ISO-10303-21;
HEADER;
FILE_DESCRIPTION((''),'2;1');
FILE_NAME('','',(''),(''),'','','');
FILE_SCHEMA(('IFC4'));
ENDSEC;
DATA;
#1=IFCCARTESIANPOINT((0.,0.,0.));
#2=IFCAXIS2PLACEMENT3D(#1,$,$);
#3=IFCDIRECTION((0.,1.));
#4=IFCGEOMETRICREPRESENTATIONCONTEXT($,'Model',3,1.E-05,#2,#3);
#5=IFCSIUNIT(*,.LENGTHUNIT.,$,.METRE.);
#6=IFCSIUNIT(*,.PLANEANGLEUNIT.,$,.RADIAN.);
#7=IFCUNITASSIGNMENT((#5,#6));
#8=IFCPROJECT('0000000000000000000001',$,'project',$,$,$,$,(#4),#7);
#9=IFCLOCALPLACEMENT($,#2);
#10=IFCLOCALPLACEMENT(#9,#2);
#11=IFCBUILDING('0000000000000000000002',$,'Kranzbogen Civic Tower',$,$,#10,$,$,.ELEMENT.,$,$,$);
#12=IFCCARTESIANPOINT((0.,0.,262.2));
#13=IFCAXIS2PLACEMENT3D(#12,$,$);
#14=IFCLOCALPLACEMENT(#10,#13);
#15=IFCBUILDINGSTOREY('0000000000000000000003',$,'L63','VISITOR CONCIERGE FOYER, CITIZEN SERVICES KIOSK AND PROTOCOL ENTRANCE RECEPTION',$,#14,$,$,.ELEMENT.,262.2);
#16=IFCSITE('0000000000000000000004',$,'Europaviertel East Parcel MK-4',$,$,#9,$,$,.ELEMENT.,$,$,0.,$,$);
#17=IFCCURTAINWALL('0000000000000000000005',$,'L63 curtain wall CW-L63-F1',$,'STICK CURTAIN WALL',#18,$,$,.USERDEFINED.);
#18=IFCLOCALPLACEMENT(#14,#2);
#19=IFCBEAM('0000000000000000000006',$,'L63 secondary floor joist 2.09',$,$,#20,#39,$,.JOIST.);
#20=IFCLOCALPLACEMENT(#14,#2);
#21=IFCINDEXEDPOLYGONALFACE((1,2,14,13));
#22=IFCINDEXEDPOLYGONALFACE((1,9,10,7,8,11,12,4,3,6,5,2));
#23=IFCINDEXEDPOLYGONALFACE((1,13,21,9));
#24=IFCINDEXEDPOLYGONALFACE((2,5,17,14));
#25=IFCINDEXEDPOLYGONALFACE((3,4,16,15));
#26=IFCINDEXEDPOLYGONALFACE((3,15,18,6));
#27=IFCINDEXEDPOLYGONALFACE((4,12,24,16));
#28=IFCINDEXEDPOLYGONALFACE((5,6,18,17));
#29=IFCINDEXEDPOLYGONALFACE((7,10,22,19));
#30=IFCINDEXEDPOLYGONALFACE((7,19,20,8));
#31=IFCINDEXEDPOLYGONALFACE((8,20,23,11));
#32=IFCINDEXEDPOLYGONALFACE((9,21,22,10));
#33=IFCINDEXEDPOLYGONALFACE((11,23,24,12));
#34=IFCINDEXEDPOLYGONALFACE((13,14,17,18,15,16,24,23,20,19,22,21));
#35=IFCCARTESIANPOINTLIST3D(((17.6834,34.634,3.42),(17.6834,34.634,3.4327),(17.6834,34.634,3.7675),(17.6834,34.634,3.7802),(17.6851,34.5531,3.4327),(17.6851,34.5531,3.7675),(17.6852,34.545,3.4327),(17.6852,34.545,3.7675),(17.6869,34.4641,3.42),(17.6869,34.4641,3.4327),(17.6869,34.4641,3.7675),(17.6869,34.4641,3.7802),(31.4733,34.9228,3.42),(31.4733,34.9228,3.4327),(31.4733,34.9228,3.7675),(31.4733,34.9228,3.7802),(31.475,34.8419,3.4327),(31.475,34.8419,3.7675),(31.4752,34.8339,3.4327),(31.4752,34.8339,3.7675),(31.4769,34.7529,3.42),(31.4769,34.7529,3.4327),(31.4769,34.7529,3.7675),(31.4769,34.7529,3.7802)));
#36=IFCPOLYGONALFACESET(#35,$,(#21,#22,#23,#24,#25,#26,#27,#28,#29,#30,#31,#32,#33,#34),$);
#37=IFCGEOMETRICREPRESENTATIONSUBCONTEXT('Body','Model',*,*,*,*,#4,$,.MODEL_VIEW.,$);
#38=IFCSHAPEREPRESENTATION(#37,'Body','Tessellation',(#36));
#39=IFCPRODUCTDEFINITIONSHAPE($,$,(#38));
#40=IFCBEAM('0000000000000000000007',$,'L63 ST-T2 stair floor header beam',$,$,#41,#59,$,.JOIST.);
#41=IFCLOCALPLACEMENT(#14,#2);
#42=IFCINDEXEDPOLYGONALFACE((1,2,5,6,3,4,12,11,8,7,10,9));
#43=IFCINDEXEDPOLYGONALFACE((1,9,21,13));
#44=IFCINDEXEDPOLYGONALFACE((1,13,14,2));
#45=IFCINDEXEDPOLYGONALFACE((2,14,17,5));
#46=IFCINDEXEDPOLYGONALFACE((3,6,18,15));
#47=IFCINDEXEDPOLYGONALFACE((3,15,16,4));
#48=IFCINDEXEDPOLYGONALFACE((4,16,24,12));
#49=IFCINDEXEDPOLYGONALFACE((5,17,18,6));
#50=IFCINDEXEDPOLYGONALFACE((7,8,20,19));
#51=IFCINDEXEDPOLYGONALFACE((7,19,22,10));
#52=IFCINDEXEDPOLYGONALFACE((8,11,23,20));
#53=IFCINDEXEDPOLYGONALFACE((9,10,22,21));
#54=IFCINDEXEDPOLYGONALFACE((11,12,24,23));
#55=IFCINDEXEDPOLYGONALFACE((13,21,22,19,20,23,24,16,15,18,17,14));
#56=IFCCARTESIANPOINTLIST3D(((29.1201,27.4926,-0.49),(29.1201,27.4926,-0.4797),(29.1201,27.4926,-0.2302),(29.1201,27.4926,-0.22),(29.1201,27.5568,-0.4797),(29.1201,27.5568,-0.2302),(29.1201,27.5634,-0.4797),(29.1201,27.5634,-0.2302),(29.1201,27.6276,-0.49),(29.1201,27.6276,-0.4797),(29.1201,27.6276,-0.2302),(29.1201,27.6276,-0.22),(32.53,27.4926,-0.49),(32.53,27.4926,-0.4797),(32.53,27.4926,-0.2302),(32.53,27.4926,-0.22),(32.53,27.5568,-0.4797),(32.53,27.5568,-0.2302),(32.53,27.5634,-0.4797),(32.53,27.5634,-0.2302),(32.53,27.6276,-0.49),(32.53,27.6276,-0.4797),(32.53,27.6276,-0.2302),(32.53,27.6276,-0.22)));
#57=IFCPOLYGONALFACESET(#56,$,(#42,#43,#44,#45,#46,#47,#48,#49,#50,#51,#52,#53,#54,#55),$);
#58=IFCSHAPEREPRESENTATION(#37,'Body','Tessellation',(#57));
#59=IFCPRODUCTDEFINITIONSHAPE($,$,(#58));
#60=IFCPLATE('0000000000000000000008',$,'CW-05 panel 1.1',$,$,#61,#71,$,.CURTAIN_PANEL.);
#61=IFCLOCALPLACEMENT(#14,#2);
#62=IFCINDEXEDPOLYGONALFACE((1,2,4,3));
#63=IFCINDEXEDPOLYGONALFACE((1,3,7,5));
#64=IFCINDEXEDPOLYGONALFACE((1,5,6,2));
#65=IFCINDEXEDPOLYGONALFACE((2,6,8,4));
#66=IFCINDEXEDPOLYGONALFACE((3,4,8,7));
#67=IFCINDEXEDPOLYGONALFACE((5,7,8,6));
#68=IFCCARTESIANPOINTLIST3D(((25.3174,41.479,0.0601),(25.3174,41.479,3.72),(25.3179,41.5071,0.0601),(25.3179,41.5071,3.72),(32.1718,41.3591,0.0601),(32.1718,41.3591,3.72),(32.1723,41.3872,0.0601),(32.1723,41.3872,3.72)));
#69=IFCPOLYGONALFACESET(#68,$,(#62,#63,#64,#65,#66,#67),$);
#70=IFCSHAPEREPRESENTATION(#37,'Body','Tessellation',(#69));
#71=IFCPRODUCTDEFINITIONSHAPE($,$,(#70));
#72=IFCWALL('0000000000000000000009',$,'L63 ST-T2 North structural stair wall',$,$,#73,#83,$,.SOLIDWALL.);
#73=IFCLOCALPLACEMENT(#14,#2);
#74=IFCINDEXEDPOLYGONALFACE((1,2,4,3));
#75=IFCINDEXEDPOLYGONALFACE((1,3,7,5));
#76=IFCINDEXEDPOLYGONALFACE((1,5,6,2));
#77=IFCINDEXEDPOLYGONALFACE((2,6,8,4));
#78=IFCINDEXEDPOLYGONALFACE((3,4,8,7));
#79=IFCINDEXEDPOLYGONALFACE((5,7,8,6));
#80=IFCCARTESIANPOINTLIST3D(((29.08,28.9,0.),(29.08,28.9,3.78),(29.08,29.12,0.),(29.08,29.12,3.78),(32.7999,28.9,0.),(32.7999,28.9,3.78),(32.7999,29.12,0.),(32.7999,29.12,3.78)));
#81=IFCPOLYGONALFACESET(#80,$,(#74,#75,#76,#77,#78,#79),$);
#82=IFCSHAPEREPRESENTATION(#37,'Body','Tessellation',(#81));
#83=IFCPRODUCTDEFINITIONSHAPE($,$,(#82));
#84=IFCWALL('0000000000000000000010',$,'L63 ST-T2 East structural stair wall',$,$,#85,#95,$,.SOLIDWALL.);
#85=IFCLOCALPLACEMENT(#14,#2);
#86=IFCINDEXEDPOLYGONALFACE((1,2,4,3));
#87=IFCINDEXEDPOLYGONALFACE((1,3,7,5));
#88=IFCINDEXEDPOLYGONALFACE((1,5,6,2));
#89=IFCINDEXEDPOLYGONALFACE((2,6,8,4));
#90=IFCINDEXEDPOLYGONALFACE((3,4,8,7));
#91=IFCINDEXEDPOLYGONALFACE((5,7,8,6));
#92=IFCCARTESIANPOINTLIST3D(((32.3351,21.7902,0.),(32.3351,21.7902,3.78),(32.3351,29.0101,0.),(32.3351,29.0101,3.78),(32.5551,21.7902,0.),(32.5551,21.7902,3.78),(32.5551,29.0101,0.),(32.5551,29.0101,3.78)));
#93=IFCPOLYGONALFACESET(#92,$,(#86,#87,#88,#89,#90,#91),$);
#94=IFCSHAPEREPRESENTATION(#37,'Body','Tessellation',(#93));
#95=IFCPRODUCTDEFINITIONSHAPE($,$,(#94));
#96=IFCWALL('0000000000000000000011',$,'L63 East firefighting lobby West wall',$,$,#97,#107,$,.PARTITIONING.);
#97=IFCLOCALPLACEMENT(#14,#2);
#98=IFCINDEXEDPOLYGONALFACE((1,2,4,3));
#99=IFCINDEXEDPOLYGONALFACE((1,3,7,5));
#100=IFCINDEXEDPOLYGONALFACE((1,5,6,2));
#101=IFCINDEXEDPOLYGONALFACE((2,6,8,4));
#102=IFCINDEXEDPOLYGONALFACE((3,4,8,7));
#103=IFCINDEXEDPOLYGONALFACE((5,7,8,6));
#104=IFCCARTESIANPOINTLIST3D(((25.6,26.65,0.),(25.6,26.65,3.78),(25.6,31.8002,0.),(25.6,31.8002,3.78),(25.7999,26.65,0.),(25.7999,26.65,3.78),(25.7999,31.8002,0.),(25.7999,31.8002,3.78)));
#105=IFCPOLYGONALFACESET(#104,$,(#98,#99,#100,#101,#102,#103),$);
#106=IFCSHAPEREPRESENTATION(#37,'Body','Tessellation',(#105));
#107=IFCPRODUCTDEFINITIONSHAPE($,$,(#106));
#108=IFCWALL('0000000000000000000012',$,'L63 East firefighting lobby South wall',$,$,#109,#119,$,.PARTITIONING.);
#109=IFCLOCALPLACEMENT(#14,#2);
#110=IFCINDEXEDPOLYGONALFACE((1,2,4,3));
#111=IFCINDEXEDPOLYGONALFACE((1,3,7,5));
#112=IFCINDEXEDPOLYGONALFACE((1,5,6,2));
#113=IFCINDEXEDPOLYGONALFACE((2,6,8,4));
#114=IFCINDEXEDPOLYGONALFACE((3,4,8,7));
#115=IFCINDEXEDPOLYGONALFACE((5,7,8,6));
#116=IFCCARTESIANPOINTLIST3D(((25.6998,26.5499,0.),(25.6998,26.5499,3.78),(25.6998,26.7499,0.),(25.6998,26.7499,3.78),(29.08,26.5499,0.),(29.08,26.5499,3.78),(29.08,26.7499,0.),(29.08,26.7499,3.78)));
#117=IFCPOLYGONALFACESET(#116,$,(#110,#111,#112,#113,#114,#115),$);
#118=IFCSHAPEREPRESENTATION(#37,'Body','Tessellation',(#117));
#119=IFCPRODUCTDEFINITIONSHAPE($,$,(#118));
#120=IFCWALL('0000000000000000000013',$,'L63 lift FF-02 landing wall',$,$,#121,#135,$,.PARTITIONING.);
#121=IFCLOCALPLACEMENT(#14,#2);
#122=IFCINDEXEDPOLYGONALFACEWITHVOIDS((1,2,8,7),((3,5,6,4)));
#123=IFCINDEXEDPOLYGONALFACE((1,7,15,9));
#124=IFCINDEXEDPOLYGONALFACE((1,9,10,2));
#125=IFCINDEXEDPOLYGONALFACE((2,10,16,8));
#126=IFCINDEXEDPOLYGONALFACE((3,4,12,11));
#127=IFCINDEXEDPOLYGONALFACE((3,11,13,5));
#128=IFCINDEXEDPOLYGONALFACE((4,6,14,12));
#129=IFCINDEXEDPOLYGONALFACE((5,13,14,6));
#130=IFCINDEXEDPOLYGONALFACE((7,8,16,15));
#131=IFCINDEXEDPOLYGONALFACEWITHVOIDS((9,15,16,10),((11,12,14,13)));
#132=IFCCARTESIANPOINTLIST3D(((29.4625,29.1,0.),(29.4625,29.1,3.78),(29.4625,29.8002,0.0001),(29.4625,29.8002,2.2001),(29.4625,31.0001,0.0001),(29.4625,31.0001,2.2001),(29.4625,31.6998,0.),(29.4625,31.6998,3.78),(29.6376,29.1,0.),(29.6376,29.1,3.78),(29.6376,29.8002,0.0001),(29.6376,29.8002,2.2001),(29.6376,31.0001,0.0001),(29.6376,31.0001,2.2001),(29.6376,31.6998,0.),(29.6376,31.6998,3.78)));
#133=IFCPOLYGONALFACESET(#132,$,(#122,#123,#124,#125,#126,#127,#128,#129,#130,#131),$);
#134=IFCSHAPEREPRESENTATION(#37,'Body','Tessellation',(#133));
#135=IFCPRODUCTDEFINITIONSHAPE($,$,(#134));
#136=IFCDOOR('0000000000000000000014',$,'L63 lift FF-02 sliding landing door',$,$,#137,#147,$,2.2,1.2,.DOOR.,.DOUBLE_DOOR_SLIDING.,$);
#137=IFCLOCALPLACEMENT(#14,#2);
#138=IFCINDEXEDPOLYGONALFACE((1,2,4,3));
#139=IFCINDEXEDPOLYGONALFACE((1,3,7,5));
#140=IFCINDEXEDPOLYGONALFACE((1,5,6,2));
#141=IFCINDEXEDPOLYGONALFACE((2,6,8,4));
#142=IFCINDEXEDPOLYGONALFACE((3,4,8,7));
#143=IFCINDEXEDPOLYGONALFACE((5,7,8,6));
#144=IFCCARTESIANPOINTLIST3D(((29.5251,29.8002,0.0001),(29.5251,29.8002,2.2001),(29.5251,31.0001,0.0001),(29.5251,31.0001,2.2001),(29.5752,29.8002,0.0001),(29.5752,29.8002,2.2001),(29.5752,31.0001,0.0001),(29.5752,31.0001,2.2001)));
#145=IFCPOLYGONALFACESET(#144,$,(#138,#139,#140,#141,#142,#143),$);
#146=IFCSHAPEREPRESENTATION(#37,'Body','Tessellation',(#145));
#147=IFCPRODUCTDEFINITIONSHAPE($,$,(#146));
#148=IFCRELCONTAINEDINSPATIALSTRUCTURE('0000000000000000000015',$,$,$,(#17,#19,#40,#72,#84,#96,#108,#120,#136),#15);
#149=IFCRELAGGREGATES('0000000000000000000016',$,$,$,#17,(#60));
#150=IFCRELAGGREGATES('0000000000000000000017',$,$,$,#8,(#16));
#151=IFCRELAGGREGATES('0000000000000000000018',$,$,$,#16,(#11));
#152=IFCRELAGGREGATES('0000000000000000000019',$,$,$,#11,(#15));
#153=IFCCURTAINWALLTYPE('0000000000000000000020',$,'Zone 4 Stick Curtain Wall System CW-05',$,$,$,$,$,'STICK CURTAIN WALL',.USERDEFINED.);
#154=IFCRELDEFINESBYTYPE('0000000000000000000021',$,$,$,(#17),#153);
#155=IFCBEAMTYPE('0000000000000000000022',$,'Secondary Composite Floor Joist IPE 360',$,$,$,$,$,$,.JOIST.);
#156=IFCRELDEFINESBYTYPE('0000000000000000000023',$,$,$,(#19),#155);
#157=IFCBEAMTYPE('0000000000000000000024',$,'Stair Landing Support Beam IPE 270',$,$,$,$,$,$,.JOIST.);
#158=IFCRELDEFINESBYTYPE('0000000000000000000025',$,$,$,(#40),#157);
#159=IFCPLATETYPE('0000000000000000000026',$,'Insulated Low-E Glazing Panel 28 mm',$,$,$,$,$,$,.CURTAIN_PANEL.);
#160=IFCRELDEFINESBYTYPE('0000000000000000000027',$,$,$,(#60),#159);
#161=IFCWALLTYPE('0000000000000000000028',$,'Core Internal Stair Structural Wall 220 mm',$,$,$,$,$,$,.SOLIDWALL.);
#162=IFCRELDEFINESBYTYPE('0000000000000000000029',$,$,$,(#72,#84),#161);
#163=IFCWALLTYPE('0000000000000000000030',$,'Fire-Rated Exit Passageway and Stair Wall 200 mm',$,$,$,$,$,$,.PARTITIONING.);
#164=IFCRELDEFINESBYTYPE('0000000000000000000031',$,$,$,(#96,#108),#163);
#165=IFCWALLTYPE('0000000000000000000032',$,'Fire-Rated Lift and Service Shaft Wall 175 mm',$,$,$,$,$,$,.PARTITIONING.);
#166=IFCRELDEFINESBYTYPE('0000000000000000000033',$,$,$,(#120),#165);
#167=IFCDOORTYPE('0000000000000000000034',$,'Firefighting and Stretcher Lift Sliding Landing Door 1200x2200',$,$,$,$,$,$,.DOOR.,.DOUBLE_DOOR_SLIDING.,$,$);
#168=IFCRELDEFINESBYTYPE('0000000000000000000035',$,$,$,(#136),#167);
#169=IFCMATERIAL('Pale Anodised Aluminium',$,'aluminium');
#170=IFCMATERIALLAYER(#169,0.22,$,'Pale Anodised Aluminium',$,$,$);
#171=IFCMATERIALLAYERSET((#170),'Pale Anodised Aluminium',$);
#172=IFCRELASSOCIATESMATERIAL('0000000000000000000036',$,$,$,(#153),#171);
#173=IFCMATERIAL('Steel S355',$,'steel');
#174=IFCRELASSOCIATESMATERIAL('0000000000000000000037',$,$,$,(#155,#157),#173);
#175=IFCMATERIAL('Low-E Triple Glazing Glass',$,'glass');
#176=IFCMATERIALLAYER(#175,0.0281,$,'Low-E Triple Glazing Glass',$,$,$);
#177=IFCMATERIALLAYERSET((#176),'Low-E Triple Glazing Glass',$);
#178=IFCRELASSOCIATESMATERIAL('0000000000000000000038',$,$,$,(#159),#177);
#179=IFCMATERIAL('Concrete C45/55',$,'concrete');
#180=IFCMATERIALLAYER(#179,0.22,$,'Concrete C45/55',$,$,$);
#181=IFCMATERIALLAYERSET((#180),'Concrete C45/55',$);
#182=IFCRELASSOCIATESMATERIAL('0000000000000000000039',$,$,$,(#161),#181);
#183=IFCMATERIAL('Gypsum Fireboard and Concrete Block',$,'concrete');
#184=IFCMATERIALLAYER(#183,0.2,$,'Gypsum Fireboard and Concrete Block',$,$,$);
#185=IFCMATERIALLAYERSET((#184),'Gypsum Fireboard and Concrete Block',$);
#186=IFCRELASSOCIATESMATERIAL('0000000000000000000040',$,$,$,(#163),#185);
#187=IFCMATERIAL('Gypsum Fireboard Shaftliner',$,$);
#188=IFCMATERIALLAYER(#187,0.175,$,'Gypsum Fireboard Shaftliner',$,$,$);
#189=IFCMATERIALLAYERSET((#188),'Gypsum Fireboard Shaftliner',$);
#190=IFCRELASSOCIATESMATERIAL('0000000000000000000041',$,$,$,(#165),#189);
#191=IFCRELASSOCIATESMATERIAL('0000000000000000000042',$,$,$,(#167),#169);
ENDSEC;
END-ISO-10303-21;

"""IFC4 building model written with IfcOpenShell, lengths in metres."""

from ifc_helpers import new_model, si_unit, direction, frame, frame_2d, origin, origin_2d, place, context, subcontext, project, spatial, rectangle, i_section, extrude, material, layer, layer_set, material_profile, profile_set, type_object, element, fill, aggregate, save


model = new_model("IFC4")

# Units and contexts
model_context = context("Model", 3, precision=1e-05, world=origin(), true_north=direction((0.0, 1.0)))
body_context = subcontext(model_context, "Body", "Model", "MODEL_VIEW")
ifc_project = project(units=[si_unit("LENGTHUNIT", "METRE"), si_unit("PLANEANGLEUNIT", "RADIAN")], contexts=[model_context])

# Site, building, storey
site_placement = place(None, origin())
site = spatial("IfcSite", under=ifc_project, at=site_placement, Name="Europaviertel East Parcel MK-4", CompositionType="ELEMENT", RefElevation=0.0)
building_placement = place(site_placement, origin())
building = spatial("IfcBuilding", under=site, at=building_placement, Name="Kranzbogen Civic Tower", CompositionType="ELEMENT")
storey_placement = place(building_placement, frame((0.0, 0.0, 262.2)))
storey = spatial("IfcBuildingStorey", under=building, at=storey_placement, Name="L63", Description="VISITOR CONCIERGE FOYER, CITIZEN SERVICES KIOSK AND PROTOCOL ENTRANCE RECEPTION", CompositionType="ELEMENT", Elevation=262.2)

# Shared definitions
ifc_material_1 = material(Name="Steel S355", Category="steel")

# Curtain wall
ifc_material_2 = material(Name="Pale Anodised Aluminium", Category="aluminium")
ifc_layer_1 = layer(ifc_material_2, 0.22, Name="Pale Anodised Aluminium")
ifc_layer_set_1 = layer_set([ifc_layer_1], Name="Pale Anodised Aluminium")
curtain_wall_type = type_object("IfcCurtainWallType", Name="Zone 4 Stick Curtain Wall System CW-05", ElementType="STICK CURTAIN WALL", PredefinedType="USERDEFINED", material=ifc_layer_set_1)
curtain_wall_placement = place(storey_placement, origin())
curtain_wall = element("IfcCurtainWall", 1, at=curtain_wall_placement, inside=storey, type_object=curtain_wall_type, Name="L63 curtain wall CW-L63-F1", ObjectType="STICK CURTAIN WALL", PredefinedType="USERDEFINED")

# Beams
ifc_material_profile_1 = material_profile(ifc_material_1, i_section(OverallWidth=0.1699, OverallDepth=0.3601, WebThickness=0.0081, FlangeThickness=0.0127, at=origin_2d()), Name="IPE 360")
ifc_profile_set_1 = profile_set([ifc_material_profile_1], Name="Steel S355")
beam_type_1 = type_object("IfcBeamType", Name="Secondary Composite Floor Joist IPE 360", PredefinedType="JOIST", material=ifc_profile_set_1)
beam_1_placement = place(storey_placement, frame((31.4751, 34.8379, 3.6001), z_axis=(-0.999781, -0.020939, 0.0), x_axis=(0.020939, -0.999781, 0.0)))
element("IfcBeam", 2, at=beam_1_placement, inside=storey, type_object=beam_type_1, Name="L63 secondary floor joist 2.09", PredefinedType="JOIST", context=body_context, shape_type="SweptSolid", body=[
    extrude(i_section(OverallWidth=0.1699, OverallDepth=0.3601, WebThickness=0.0081, FlangeThickness=0.0127, at=origin_2d()), origin(), (0.0, 0.0, 1.0), 13.793),
])
ifc_material_profile_2 = material_profile(ifc_material_1, i_section(OverallWidth=0.135, OverallDepth=0.27, WebThickness=0.0066, FlangeThickness=0.0103, at=origin_2d()), Name="IPE 270")
ifc_profile_set_2 = profile_set([ifc_material_profile_2], Name="Steel S355")
beam_type_2 = type_object("IfcBeamType", Name="Stair Landing Support Beam IPE 270", PredefinedType="JOIST", material=ifc_profile_set_2)
beam_2_placement = place(storey_placement, frame((29.1201, 27.5601, -0.355), z_axis=(1.0, 0.0, 0.0), x_axis=(0.0, 1.0, 0.0)))
element("IfcBeam", 3, at=beam_2_placement, inside=storey, type_object=beam_type_2, Name="L63 ST-T2 stair floor header beam", PredefinedType="JOIST", context=body_context, shape_type="SweptSolid", body=[
    extrude(i_section(OverallWidth=0.135, OverallDepth=0.27, WebThickness=0.0066, FlangeThickness=0.0103, at=origin_2d()), origin(), (0.0, 0.0, 1.0), 3.4099),
])

# Plate
ifc_material_3 = material(Name="Low-E Triple Glazing Glass", Category="glass")
ifc_layer_2 = layer(ifc_material_3, 0.0281, Name="Low-E Triple Glazing Glass")
ifc_layer_set_2 = layer_set([ifc_layer_2], Name="Low-E Triple Glazing Glass")
plate_type = type_object("IfcPlateType", Name="Insulated Low-E Glazing Panel 28 mm", PredefinedType="CURTAIN_PANEL", material=ifc_layer_set_2)
plate_placement = place(storey_placement, frame((28.7449, 41.4331, 0.0601), z_axis=(0.0, 0.0, 1.0), x_axis=(-0.999847, 0.017493, 0.0)))
plate = element("IfcPlate", 4, at=plate_placement, type_object=plate_type, Name="CW-05 panel 1.1", PredefinedType="CURTAIN_PANEL", context=body_context, shape_type="SweptSolid", body=[
    extrude(rectangle(XDim=6.8555, YDim=0.0281, at=origin_2d()), origin(), (0.0, 0.0, 1.0), 3.6599),
])
aggregate(curtain_wall, [plate])

# Walls
ifc_material_4 = material(Name="Concrete C45/55", Category="concrete")
ifc_layer_3 = layer(ifc_material_4, 0.22, Name="Concrete C45/55")
ifc_layer_set_3 = layer_set([ifc_layer_3], Name="Concrete C45/55")
wall_type_1 = type_object("IfcWallType", Name="Core Internal Stair Structural Wall 220 mm", PredefinedType="SOLIDWALL", material=ifc_layer_set_3)
wall_1_placement = place(storey_placement, frame((29.0801, 29.01, 0.0), z_axis=(0.0, 0.0, 1.0), x_axis=(1.0, 0.0, 0.0)))
element("IfcWall", 5, at=wall_1_placement, inside=storey, type_object=wall_type_1, Name="L63 ST-T2 North structural stair wall", PredefinedType="SOLIDWALL", context=body_context, shape_type="SweptSolid", body=[
    extrude(rectangle(XDim=3.72, YDim=0.22, at=frame_2d((1.8599, 0.0))), origin(), (0.0, 0.0, 1.0), 3.78),
])
wall_2_placement = place(storey_placement, frame((32.4451, 29.01, 0.0), z_axis=(0.0, 0.0, 1.0), x_axis=(0.0, -1.0, 0.0)))
element("IfcWall", 6, at=wall_2_placement, inside=storey, type_object=wall_type_1, Name="L63 ST-T2 East structural stair wall", PredefinedType="SOLIDWALL", context=body_context, shape_type="SweptSolid", body=[
    extrude(rectangle(XDim=7.22, YDim=0.22, at=frame_2d((3.6099, 0.0))), origin(), (0.0, 0.0, 1.0), 3.78),
])
ifc_material_5 = material(Name="Gypsum Fireboard and Concrete Block", Category="concrete")
ifc_layer_4 = layer(ifc_material_5, 0.2, Name="Gypsum Fireboard and Concrete Block")
ifc_layer_set_4 = layer_set([ifc_layer_4], Name="Gypsum Fireboard and Concrete Block")
wall_type_2 = type_object("IfcWallType", Name="Fire-Rated Exit Passageway and Stair Wall 200 mm", PredefinedType="PARTITIONING", material=ifc_layer_set_4)
wall_3_placement = place(storey_placement, frame((25.7, 26.6499, 0.0), z_axis=(0.0, 0.0, 1.0), x_axis=(0.0, 1.0, 0.0)))
element("IfcWall", 7, at=wall_3_placement, inside=storey, type_object=wall_type_2, Name="L63 East firefighting lobby West wall", PredefinedType="PARTITIONING", context=body_context, shape_type="SweptSolid", body=[
    extrude(rectangle(XDim=5.1501, YDim=0.2, at=frame_2d((2.5752, 0.0))), origin(), (0.0, 0.0, 1.0), 3.78),
])
wall_4_placement = place(storey_placement, frame((25.7, 26.6499, 0.0), z_axis=(0.0, 0.0, 1.0), x_axis=(1.0, 0.0, 0.0)))
element("IfcWall", 8, at=wall_4_placement, inside=storey, type_object=wall_type_2, Name="L63 East firefighting lobby South wall", PredefinedType="PARTITIONING", context=body_context, shape_type="SweptSolid", body=[
    extrude(rectangle(XDim=3.3801, YDim=0.2, at=frame_2d((1.6899, 0.0))), origin(), (0.0, 0.0, 1.0), 3.78),
])

# Wall, opening, door
ifc_material_6 = material(Name="Gypsum Fireboard Shaftliner")
ifc_layer_5 = layer(ifc_material_6, 0.175, Name="Gypsum Fireboard Shaftliner")
ifc_layer_set_5 = layer_set([ifc_layer_5], Name="Gypsum Fireboard Shaftliner")
wall_type_3 = type_object("IfcWallType", Name="Fire-Rated Lift and Service Shaft Wall 175 mm", PredefinedType="PARTITIONING", material=ifc_layer_set_5)
wall_5_placement = place(storey_placement, frame((29.55, 29.1001, 0.0), z_axis=(0.0, 0.0, 1.0), x_axis=(0.0, 1.0, 0.0)))
wall_5 = element("IfcWall", 9, at=wall_5_placement, inside=storey, type_object=wall_type_3, Name="L63 lift FF-02 landing wall", PredefinedType="PARTITIONING", context=body_context, shape_type="SweptSolid", body=[
    extrude(rectangle(XDim=2.5999, YDim=0.175, at=frame_2d((1.2998, 0.0))), origin(), (0.0, 0.0, 1.0), 3.78),
])
opening_placement = place(wall_5_placement, frame((0.7, 0.0, 0.0)))
opening = element("IfcOpeningElement", 10, at=opening_placement, cuts=wall_5, PredefinedType="OPENING", context=body_context, shape_type="SweptSolid", body=[
    extrude(rectangle(XDim=1.2, YDim=2.2, at=frame_2d((0.6001, 1.1001))), frame((0.0, 0.0977, 0.0), z_axis=(0.0, -1.0, 0.0), x_axis=(1.0, 0.0, 0.0)), (0.0, 0.0, 1.0), 0.1951),
])
door_type = type_object("IfcDoorType", Name="Firefighting and Stretcher Lift Sliding Landing Door 1200x2200", OperationType="DOUBLE_DOOR_SLIDING", PredefinedType="DOOR", material=ifc_material_2)
door_placement = place(opening_placement, origin())
door = element("IfcDoor", 11, at=door_placement, inside=storey, type_object=door_type, Name="L63 lift FF-02 sliding landing door", OperationType="DOUBLE_DOOR_SLIDING", OverallHeight=2.2, OverallWidth=1.2, PredefinedType="DOOR", context=body_context, shape_type="SweptSolid", body=[
    extrude(rectangle(XDim=1.2, YDim=2.2, at=frame_2d((0.6001, 1.1001))), frame((0.0, 0.0249, 0.0), z_axis=(0.0, -1.0, 0.0), x_axis=(1.0, 0.0, 0.0)), (0.0, 0.0, 1.0), 0.05),
])
fill(opening, door)

save(model, "model.ifc")
